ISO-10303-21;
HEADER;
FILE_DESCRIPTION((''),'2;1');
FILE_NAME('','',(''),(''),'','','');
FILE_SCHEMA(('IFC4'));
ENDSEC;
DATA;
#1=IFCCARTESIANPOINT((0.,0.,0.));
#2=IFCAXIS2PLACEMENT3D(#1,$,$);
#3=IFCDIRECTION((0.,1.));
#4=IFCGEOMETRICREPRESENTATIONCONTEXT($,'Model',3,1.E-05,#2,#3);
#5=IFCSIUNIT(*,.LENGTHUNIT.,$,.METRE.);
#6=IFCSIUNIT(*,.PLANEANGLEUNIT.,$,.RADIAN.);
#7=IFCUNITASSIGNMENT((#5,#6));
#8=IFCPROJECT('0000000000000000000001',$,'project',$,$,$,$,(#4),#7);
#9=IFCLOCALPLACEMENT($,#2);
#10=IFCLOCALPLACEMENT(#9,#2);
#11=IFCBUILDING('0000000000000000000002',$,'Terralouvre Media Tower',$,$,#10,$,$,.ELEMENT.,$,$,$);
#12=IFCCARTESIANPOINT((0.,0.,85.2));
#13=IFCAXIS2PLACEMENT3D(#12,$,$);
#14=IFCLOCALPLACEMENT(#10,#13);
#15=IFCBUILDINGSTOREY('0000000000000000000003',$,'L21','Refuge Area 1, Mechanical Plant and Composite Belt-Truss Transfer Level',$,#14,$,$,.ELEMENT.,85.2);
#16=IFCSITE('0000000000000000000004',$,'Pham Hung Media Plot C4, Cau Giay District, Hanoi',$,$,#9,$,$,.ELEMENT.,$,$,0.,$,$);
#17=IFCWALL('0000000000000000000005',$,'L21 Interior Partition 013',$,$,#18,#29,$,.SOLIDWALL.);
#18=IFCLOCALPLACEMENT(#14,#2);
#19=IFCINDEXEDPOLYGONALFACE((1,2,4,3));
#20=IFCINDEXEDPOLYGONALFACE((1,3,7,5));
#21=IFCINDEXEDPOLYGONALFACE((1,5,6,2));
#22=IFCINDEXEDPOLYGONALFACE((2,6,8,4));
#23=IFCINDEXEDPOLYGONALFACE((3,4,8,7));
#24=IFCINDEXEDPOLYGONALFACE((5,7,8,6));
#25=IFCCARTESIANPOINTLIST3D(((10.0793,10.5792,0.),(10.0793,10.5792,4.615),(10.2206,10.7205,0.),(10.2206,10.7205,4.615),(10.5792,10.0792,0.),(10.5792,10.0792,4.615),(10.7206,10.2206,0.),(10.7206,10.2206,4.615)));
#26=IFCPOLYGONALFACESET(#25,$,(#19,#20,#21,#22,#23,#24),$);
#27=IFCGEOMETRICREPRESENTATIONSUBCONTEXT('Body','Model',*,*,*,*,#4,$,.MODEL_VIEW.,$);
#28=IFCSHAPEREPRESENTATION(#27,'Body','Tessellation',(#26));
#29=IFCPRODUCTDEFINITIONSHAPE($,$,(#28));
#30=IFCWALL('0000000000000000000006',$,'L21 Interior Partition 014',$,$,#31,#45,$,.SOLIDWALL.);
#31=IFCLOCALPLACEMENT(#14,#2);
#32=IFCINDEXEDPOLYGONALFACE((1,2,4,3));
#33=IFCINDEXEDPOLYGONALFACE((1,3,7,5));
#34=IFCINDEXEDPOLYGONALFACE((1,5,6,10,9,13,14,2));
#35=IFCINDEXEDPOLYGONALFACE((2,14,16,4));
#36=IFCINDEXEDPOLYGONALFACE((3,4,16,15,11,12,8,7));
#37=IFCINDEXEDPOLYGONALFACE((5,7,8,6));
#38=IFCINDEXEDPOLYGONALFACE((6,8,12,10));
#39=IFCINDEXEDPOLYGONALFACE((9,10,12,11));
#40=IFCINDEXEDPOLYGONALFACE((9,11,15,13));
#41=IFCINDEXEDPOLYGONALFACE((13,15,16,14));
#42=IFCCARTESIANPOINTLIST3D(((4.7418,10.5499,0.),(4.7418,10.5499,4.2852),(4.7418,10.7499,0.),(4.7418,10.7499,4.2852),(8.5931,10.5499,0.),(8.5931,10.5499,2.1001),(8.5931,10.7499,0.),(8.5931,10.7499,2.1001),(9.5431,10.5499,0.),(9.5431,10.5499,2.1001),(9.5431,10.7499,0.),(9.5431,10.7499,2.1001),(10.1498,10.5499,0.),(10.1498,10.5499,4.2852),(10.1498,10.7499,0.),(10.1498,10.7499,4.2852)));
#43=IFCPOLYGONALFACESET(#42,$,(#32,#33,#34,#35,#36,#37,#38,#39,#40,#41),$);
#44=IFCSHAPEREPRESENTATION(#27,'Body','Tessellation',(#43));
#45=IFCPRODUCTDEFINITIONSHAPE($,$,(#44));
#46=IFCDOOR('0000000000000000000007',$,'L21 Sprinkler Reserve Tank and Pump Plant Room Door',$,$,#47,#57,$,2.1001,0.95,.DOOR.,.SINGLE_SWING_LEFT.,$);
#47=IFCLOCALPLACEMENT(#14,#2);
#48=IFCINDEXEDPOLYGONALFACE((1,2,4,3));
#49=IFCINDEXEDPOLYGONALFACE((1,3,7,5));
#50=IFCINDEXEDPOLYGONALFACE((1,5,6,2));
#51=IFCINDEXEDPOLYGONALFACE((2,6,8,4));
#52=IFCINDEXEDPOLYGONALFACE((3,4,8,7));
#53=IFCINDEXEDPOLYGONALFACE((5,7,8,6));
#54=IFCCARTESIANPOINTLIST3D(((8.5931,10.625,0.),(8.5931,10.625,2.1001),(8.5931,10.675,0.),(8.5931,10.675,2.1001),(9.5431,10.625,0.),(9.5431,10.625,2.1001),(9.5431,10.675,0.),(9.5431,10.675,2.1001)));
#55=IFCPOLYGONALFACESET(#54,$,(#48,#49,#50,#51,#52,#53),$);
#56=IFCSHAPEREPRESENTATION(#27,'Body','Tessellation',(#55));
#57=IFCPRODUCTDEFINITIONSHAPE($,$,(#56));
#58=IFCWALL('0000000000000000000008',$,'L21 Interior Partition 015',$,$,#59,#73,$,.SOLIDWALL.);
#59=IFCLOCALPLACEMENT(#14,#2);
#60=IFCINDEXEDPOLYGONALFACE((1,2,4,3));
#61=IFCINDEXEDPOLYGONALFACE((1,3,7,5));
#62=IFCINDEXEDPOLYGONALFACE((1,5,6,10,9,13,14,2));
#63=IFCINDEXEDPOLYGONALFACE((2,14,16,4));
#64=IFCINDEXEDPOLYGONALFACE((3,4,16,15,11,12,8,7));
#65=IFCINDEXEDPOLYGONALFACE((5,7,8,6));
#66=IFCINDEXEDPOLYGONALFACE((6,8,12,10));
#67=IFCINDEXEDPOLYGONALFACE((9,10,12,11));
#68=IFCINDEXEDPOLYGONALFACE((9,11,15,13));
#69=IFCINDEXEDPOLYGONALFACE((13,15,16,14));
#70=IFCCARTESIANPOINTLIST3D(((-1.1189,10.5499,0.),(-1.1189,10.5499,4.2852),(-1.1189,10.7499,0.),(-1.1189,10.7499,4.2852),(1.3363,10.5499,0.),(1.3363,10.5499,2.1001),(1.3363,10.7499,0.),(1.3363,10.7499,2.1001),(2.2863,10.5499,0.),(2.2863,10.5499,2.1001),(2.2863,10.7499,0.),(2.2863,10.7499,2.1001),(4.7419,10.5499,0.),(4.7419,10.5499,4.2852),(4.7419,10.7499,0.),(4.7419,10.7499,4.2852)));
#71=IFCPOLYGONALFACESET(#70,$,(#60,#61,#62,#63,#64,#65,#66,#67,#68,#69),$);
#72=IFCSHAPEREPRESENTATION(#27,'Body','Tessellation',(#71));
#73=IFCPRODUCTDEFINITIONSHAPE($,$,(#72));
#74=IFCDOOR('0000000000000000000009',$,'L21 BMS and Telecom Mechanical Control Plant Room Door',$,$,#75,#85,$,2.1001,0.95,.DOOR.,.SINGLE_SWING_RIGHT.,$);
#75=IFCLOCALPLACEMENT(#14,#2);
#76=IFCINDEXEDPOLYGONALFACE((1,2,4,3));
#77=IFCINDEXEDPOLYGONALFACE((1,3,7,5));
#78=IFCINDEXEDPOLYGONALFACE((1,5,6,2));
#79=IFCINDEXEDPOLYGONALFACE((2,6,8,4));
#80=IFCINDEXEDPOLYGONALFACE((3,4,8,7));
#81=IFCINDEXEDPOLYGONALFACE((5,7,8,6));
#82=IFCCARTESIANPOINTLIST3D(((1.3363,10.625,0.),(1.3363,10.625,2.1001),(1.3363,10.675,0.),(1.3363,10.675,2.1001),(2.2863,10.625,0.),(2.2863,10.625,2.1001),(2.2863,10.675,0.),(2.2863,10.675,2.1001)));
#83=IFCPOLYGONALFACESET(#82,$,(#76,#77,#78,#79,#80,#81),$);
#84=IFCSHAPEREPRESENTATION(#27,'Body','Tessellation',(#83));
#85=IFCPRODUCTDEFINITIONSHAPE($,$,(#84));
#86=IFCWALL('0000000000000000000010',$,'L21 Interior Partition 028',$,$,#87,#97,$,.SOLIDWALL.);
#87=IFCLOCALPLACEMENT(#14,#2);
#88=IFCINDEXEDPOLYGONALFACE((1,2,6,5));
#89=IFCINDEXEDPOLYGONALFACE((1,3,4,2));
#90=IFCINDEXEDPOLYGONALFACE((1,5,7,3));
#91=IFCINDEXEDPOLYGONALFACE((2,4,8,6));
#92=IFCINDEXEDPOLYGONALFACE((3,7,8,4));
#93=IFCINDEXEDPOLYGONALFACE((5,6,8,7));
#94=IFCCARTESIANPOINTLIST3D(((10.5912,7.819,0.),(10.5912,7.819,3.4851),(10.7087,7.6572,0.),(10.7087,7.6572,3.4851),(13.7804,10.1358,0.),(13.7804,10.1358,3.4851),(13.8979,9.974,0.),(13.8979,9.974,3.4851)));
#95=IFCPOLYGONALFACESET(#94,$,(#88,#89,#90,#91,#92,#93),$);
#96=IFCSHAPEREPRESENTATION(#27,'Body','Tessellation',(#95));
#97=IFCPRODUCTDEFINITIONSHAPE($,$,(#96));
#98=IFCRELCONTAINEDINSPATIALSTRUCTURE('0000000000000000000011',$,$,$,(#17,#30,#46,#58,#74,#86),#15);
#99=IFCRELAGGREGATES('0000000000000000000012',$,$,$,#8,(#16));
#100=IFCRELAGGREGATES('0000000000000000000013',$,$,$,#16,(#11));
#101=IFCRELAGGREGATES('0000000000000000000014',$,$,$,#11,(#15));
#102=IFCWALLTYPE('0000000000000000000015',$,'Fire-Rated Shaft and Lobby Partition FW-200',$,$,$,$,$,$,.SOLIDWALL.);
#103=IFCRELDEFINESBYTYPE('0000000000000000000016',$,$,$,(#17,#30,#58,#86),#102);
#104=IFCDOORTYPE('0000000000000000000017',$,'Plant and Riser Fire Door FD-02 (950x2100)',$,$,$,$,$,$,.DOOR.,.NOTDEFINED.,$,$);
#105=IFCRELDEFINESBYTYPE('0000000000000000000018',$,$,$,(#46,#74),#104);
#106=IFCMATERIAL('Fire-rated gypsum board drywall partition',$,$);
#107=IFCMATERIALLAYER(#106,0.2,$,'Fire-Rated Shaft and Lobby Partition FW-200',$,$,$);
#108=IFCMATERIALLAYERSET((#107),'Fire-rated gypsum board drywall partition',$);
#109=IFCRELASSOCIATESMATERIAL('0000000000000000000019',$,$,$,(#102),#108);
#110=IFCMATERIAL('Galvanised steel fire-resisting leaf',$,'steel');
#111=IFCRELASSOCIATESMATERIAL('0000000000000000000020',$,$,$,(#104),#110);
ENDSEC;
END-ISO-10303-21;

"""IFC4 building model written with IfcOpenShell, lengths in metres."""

from ifc_helpers import new_model, si_unit, direction, frame, frame_2d, origin, place, context, subcontext, project, spatial, rectangle, extrude, material, layer, layer_set, type_object, element, fill, save


model = new_model("IFC4")

# Units and contexts
model_context = context("Model", 3, precision=1e-05, world=origin(), true_north=direction((0.0, 1.0)))
body_context = subcontext(model_context, "Body", "Model", "MODEL_VIEW")
ifc_project = project(units=[si_unit("LENGTHUNIT", "METRE"), si_unit("PLANEANGLEUNIT", "RADIAN")], contexts=[model_context])

# Site, building, storey
site_placement = place(None, origin())
site = spatial("IfcSite", under=ifc_project, at=site_placement, Name="Pham Hung Media Plot C4, Cau Giay District, Hanoi", CompositionType="ELEMENT", RefElevation=0.0)
building_placement = place(site_placement, origin())
building = spatial("IfcBuilding", under=site, at=building_placement, Name="Terralouvre Media Tower", CompositionType="ELEMENT")
storey_placement = place(building_placement, frame((0.0, 0.0, 85.2)))
storey = spatial("IfcBuildingStorey", under=building, at=storey_placement, Name="L21", Description="Refuge Area 1, Mechanical Plant and Composite Belt-Truss Transfer Level", CompositionType="ELEMENT", Elevation=85.2)

# Wall
ifc_material_1 = material(Name="Fire-rated gypsum board drywall partition")
ifc_layer_1 = layer(ifc_material_1, 0.2, Name="Fire-Rated Shaft and Lobby Partition FW-200")
ifc_layer_set_1 = layer_set([ifc_layer_1], Name="Fire-rated gypsum board drywall partition")
wall_type = type_object("IfcWallType", Name="Fire-Rated Shaft and Lobby Partition FW-200", PredefinedType="SOLIDWALL", material=ifc_layer_set_1)
wall_1_placement = place(storey_placement, frame((10.6499, 10.1499, 0.0), z_axis=(0.0, 0.0, 1.0), x_axis=(-0.707107, 0.707107, 0.0)))
element("IfcWall", 1, at=wall_1_placement, inside=storey, type_object=wall_type, Name="L21 Interior Partition 013", PredefinedType="SOLIDWALL", context=body_context, shape_type="SweptSolid", body=[
    extrude(rectangle(XDim=0.707, YDim=0.2, at=frame_2d((0.3535, 0.0))), origin(), (0.0, 0.0, 1.0), 4.615),
])

# Walls, openings, doors
wall_2_placement = place(storey_placement, frame((10.1499, 10.6499, 0.0), z_axis=(0.0, 0.0, 1.0), x_axis=(-1.0, 0.0, 0.0)))
wall_2 = element("IfcWall", 2, at=wall_2_placement, inside=storey, type_object=wall_type, Name="L21 Interior Partition 014", PredefinedType="SOLIDWALL", context=body_context, shape_type="SweptSolid", body=[
    extrude(rectangle(XDim=5.408, YDim=0.2, at=frame_2d((2.7041, 0.0))), origin(), (0.0, 0.0, 1.0), 4.2852),
])
opening_1_placement = place(wall_2_placement, frame((0.6067, 0.0, 0.0)))
opening_1 = element("IfcOpeningElement", 3, at=opening_1_placement, cuts=wall_2, PredefinedType="OPENING", context=body_context, shape_type="SweptSolid", body=[
    extrude(rectangle(XDim=0.95, YDim=2.1001, at=frame_2d((0.4751, 1.05))), frame((0.0, 0.1099, 0.0), z_axis=(0.0, -1.0, 0.0), x_axis=(1.0, 0.0, 0.0)), (0.0, 0.0, 1.0), 0.22),
])
ifc_material_2 = material(Name="Galvanised steel fire-resisting leaf", Category="steel")
door_type = type_object("IfcDoorType", Name="Plant and Riser Fire Door FD-02 (950x2100)", OperationType="NOTDEFINED", PredefinedType="DOOR", material=ifc_material_2)
door_1_placement = place(opening_1_placement, origin())
door_1 = element("IfcDoor", 4, at=door_1_placement, inside=storey, type_object=door_type, Name="L21 Sprinkler Reserve Tank and Pump Plant Room Door", OperationType="SINGLE_SWING_LEFT", OverallHeight=2.1001, OverallWidth=0.95, PredefinedType="DOOR", context=body_context, shape_type="SweptSolid", body=[
    extrude(rectangle(XDim=0.95, YDim=2.1001, at=frame_2d((0.4751, 1.05))), frame((0.0, 0.0249, 0.0), z_axis=(0.0, -1.0, 0.0), x_axis=(1.0, 0.0, 0.0)), (0.0, 0.0, 1.0), 0.05),
])
fill(opening_1, door_1)
wall_3_placement = place(storey_placement, frame((4.7419, 10.6499, 0.0), z_axis=(0.0, 0.0, 1.0), x_axis=(-1.0, 0.0, 0.0)))
wall_3 = element("IfcWall", 5, at=wall_3_placement, inside=storey, type_object=wall_type, Name="L21 Interior Partition 015", PredefinedType="SOLIDWALL", context=body_context, shape_type="SweptSolid", body=[
    extrude(rectangle(XDim=5.8608, YDim=0.2, at=frame_2d((2.9304, 0.0))), origin(), (0.0, 0.0, 1.0), 4.2852),
])
opening_2_placement = place(wall_3_placement, frame((2.4556, 0.0, 0.0)))
opening_2 = element("IfcOpeningElement", 6, at=opening_2_placement, cuts=wall_3, PredefinedType="OPENING", context=body_context, shape_type="SweptSolid", body=[
    extrude(rectangle(XDim=0.95, YDim=2.1001, at=frame_2d((0.4751, 1.05))), frame((0.0, 0.1099, 0.0), z_axis=(0.0, -1.0, 0.0), x_axis=(1.0, 0.0, 0.0)), (0.0, 0.0, 1.0), 0.22),
])
door_2_placement = place(opening_2_placement, origin())
door_2 = element("IfcDoor", 7, at=door_2_placement, inside=storey, type_object=door_type, Name="L21 BMS and Telecom Mechanical Control Plant Room Door", OperationType="SINGLE_SWING_RIGHT", OverallHeight=2.1001, OverallWidth=0.95, PredefinedType="DOOR", context=body_context, shape_type="SweptSolid", body=[
    extrude(rectangle(XDim=0.95, YDim=2.1001, at=frame_2d((0.4751, 1.05))), frame((0.0, 0.0249, 0.0), z_axis=(0.0, -1.0, 0.0), x_axis=(1.0, 0.0, 0.0)), (0.0, 0.0, 1.0), 0.05),
])
fill(opening_2, door_2)

# Wall
wall_4_placement = place(storey_placement, frame((13.8391, 10.0549, 0.0), z_axis=(0.0, 0.0, 1.0), x_axis=(-0.809041, -0.587752, 0.0)))
element("IfcWall", 8, at=wall_4_placement, inside=storey, type_object=wall_type, Name="L21 Interior Partition 028", PredefinedType="SOLIDWALL", context=body_context, shape_type="SweptSolid", body=[
    extrude(rectangle(XDim=3.9419, YDim=0.2, at=frame_2d((1.9709, 0.0))), origin(), (0.0, 0.0, 1.0), 3.4851),
])

save(model, "model.ifc")
